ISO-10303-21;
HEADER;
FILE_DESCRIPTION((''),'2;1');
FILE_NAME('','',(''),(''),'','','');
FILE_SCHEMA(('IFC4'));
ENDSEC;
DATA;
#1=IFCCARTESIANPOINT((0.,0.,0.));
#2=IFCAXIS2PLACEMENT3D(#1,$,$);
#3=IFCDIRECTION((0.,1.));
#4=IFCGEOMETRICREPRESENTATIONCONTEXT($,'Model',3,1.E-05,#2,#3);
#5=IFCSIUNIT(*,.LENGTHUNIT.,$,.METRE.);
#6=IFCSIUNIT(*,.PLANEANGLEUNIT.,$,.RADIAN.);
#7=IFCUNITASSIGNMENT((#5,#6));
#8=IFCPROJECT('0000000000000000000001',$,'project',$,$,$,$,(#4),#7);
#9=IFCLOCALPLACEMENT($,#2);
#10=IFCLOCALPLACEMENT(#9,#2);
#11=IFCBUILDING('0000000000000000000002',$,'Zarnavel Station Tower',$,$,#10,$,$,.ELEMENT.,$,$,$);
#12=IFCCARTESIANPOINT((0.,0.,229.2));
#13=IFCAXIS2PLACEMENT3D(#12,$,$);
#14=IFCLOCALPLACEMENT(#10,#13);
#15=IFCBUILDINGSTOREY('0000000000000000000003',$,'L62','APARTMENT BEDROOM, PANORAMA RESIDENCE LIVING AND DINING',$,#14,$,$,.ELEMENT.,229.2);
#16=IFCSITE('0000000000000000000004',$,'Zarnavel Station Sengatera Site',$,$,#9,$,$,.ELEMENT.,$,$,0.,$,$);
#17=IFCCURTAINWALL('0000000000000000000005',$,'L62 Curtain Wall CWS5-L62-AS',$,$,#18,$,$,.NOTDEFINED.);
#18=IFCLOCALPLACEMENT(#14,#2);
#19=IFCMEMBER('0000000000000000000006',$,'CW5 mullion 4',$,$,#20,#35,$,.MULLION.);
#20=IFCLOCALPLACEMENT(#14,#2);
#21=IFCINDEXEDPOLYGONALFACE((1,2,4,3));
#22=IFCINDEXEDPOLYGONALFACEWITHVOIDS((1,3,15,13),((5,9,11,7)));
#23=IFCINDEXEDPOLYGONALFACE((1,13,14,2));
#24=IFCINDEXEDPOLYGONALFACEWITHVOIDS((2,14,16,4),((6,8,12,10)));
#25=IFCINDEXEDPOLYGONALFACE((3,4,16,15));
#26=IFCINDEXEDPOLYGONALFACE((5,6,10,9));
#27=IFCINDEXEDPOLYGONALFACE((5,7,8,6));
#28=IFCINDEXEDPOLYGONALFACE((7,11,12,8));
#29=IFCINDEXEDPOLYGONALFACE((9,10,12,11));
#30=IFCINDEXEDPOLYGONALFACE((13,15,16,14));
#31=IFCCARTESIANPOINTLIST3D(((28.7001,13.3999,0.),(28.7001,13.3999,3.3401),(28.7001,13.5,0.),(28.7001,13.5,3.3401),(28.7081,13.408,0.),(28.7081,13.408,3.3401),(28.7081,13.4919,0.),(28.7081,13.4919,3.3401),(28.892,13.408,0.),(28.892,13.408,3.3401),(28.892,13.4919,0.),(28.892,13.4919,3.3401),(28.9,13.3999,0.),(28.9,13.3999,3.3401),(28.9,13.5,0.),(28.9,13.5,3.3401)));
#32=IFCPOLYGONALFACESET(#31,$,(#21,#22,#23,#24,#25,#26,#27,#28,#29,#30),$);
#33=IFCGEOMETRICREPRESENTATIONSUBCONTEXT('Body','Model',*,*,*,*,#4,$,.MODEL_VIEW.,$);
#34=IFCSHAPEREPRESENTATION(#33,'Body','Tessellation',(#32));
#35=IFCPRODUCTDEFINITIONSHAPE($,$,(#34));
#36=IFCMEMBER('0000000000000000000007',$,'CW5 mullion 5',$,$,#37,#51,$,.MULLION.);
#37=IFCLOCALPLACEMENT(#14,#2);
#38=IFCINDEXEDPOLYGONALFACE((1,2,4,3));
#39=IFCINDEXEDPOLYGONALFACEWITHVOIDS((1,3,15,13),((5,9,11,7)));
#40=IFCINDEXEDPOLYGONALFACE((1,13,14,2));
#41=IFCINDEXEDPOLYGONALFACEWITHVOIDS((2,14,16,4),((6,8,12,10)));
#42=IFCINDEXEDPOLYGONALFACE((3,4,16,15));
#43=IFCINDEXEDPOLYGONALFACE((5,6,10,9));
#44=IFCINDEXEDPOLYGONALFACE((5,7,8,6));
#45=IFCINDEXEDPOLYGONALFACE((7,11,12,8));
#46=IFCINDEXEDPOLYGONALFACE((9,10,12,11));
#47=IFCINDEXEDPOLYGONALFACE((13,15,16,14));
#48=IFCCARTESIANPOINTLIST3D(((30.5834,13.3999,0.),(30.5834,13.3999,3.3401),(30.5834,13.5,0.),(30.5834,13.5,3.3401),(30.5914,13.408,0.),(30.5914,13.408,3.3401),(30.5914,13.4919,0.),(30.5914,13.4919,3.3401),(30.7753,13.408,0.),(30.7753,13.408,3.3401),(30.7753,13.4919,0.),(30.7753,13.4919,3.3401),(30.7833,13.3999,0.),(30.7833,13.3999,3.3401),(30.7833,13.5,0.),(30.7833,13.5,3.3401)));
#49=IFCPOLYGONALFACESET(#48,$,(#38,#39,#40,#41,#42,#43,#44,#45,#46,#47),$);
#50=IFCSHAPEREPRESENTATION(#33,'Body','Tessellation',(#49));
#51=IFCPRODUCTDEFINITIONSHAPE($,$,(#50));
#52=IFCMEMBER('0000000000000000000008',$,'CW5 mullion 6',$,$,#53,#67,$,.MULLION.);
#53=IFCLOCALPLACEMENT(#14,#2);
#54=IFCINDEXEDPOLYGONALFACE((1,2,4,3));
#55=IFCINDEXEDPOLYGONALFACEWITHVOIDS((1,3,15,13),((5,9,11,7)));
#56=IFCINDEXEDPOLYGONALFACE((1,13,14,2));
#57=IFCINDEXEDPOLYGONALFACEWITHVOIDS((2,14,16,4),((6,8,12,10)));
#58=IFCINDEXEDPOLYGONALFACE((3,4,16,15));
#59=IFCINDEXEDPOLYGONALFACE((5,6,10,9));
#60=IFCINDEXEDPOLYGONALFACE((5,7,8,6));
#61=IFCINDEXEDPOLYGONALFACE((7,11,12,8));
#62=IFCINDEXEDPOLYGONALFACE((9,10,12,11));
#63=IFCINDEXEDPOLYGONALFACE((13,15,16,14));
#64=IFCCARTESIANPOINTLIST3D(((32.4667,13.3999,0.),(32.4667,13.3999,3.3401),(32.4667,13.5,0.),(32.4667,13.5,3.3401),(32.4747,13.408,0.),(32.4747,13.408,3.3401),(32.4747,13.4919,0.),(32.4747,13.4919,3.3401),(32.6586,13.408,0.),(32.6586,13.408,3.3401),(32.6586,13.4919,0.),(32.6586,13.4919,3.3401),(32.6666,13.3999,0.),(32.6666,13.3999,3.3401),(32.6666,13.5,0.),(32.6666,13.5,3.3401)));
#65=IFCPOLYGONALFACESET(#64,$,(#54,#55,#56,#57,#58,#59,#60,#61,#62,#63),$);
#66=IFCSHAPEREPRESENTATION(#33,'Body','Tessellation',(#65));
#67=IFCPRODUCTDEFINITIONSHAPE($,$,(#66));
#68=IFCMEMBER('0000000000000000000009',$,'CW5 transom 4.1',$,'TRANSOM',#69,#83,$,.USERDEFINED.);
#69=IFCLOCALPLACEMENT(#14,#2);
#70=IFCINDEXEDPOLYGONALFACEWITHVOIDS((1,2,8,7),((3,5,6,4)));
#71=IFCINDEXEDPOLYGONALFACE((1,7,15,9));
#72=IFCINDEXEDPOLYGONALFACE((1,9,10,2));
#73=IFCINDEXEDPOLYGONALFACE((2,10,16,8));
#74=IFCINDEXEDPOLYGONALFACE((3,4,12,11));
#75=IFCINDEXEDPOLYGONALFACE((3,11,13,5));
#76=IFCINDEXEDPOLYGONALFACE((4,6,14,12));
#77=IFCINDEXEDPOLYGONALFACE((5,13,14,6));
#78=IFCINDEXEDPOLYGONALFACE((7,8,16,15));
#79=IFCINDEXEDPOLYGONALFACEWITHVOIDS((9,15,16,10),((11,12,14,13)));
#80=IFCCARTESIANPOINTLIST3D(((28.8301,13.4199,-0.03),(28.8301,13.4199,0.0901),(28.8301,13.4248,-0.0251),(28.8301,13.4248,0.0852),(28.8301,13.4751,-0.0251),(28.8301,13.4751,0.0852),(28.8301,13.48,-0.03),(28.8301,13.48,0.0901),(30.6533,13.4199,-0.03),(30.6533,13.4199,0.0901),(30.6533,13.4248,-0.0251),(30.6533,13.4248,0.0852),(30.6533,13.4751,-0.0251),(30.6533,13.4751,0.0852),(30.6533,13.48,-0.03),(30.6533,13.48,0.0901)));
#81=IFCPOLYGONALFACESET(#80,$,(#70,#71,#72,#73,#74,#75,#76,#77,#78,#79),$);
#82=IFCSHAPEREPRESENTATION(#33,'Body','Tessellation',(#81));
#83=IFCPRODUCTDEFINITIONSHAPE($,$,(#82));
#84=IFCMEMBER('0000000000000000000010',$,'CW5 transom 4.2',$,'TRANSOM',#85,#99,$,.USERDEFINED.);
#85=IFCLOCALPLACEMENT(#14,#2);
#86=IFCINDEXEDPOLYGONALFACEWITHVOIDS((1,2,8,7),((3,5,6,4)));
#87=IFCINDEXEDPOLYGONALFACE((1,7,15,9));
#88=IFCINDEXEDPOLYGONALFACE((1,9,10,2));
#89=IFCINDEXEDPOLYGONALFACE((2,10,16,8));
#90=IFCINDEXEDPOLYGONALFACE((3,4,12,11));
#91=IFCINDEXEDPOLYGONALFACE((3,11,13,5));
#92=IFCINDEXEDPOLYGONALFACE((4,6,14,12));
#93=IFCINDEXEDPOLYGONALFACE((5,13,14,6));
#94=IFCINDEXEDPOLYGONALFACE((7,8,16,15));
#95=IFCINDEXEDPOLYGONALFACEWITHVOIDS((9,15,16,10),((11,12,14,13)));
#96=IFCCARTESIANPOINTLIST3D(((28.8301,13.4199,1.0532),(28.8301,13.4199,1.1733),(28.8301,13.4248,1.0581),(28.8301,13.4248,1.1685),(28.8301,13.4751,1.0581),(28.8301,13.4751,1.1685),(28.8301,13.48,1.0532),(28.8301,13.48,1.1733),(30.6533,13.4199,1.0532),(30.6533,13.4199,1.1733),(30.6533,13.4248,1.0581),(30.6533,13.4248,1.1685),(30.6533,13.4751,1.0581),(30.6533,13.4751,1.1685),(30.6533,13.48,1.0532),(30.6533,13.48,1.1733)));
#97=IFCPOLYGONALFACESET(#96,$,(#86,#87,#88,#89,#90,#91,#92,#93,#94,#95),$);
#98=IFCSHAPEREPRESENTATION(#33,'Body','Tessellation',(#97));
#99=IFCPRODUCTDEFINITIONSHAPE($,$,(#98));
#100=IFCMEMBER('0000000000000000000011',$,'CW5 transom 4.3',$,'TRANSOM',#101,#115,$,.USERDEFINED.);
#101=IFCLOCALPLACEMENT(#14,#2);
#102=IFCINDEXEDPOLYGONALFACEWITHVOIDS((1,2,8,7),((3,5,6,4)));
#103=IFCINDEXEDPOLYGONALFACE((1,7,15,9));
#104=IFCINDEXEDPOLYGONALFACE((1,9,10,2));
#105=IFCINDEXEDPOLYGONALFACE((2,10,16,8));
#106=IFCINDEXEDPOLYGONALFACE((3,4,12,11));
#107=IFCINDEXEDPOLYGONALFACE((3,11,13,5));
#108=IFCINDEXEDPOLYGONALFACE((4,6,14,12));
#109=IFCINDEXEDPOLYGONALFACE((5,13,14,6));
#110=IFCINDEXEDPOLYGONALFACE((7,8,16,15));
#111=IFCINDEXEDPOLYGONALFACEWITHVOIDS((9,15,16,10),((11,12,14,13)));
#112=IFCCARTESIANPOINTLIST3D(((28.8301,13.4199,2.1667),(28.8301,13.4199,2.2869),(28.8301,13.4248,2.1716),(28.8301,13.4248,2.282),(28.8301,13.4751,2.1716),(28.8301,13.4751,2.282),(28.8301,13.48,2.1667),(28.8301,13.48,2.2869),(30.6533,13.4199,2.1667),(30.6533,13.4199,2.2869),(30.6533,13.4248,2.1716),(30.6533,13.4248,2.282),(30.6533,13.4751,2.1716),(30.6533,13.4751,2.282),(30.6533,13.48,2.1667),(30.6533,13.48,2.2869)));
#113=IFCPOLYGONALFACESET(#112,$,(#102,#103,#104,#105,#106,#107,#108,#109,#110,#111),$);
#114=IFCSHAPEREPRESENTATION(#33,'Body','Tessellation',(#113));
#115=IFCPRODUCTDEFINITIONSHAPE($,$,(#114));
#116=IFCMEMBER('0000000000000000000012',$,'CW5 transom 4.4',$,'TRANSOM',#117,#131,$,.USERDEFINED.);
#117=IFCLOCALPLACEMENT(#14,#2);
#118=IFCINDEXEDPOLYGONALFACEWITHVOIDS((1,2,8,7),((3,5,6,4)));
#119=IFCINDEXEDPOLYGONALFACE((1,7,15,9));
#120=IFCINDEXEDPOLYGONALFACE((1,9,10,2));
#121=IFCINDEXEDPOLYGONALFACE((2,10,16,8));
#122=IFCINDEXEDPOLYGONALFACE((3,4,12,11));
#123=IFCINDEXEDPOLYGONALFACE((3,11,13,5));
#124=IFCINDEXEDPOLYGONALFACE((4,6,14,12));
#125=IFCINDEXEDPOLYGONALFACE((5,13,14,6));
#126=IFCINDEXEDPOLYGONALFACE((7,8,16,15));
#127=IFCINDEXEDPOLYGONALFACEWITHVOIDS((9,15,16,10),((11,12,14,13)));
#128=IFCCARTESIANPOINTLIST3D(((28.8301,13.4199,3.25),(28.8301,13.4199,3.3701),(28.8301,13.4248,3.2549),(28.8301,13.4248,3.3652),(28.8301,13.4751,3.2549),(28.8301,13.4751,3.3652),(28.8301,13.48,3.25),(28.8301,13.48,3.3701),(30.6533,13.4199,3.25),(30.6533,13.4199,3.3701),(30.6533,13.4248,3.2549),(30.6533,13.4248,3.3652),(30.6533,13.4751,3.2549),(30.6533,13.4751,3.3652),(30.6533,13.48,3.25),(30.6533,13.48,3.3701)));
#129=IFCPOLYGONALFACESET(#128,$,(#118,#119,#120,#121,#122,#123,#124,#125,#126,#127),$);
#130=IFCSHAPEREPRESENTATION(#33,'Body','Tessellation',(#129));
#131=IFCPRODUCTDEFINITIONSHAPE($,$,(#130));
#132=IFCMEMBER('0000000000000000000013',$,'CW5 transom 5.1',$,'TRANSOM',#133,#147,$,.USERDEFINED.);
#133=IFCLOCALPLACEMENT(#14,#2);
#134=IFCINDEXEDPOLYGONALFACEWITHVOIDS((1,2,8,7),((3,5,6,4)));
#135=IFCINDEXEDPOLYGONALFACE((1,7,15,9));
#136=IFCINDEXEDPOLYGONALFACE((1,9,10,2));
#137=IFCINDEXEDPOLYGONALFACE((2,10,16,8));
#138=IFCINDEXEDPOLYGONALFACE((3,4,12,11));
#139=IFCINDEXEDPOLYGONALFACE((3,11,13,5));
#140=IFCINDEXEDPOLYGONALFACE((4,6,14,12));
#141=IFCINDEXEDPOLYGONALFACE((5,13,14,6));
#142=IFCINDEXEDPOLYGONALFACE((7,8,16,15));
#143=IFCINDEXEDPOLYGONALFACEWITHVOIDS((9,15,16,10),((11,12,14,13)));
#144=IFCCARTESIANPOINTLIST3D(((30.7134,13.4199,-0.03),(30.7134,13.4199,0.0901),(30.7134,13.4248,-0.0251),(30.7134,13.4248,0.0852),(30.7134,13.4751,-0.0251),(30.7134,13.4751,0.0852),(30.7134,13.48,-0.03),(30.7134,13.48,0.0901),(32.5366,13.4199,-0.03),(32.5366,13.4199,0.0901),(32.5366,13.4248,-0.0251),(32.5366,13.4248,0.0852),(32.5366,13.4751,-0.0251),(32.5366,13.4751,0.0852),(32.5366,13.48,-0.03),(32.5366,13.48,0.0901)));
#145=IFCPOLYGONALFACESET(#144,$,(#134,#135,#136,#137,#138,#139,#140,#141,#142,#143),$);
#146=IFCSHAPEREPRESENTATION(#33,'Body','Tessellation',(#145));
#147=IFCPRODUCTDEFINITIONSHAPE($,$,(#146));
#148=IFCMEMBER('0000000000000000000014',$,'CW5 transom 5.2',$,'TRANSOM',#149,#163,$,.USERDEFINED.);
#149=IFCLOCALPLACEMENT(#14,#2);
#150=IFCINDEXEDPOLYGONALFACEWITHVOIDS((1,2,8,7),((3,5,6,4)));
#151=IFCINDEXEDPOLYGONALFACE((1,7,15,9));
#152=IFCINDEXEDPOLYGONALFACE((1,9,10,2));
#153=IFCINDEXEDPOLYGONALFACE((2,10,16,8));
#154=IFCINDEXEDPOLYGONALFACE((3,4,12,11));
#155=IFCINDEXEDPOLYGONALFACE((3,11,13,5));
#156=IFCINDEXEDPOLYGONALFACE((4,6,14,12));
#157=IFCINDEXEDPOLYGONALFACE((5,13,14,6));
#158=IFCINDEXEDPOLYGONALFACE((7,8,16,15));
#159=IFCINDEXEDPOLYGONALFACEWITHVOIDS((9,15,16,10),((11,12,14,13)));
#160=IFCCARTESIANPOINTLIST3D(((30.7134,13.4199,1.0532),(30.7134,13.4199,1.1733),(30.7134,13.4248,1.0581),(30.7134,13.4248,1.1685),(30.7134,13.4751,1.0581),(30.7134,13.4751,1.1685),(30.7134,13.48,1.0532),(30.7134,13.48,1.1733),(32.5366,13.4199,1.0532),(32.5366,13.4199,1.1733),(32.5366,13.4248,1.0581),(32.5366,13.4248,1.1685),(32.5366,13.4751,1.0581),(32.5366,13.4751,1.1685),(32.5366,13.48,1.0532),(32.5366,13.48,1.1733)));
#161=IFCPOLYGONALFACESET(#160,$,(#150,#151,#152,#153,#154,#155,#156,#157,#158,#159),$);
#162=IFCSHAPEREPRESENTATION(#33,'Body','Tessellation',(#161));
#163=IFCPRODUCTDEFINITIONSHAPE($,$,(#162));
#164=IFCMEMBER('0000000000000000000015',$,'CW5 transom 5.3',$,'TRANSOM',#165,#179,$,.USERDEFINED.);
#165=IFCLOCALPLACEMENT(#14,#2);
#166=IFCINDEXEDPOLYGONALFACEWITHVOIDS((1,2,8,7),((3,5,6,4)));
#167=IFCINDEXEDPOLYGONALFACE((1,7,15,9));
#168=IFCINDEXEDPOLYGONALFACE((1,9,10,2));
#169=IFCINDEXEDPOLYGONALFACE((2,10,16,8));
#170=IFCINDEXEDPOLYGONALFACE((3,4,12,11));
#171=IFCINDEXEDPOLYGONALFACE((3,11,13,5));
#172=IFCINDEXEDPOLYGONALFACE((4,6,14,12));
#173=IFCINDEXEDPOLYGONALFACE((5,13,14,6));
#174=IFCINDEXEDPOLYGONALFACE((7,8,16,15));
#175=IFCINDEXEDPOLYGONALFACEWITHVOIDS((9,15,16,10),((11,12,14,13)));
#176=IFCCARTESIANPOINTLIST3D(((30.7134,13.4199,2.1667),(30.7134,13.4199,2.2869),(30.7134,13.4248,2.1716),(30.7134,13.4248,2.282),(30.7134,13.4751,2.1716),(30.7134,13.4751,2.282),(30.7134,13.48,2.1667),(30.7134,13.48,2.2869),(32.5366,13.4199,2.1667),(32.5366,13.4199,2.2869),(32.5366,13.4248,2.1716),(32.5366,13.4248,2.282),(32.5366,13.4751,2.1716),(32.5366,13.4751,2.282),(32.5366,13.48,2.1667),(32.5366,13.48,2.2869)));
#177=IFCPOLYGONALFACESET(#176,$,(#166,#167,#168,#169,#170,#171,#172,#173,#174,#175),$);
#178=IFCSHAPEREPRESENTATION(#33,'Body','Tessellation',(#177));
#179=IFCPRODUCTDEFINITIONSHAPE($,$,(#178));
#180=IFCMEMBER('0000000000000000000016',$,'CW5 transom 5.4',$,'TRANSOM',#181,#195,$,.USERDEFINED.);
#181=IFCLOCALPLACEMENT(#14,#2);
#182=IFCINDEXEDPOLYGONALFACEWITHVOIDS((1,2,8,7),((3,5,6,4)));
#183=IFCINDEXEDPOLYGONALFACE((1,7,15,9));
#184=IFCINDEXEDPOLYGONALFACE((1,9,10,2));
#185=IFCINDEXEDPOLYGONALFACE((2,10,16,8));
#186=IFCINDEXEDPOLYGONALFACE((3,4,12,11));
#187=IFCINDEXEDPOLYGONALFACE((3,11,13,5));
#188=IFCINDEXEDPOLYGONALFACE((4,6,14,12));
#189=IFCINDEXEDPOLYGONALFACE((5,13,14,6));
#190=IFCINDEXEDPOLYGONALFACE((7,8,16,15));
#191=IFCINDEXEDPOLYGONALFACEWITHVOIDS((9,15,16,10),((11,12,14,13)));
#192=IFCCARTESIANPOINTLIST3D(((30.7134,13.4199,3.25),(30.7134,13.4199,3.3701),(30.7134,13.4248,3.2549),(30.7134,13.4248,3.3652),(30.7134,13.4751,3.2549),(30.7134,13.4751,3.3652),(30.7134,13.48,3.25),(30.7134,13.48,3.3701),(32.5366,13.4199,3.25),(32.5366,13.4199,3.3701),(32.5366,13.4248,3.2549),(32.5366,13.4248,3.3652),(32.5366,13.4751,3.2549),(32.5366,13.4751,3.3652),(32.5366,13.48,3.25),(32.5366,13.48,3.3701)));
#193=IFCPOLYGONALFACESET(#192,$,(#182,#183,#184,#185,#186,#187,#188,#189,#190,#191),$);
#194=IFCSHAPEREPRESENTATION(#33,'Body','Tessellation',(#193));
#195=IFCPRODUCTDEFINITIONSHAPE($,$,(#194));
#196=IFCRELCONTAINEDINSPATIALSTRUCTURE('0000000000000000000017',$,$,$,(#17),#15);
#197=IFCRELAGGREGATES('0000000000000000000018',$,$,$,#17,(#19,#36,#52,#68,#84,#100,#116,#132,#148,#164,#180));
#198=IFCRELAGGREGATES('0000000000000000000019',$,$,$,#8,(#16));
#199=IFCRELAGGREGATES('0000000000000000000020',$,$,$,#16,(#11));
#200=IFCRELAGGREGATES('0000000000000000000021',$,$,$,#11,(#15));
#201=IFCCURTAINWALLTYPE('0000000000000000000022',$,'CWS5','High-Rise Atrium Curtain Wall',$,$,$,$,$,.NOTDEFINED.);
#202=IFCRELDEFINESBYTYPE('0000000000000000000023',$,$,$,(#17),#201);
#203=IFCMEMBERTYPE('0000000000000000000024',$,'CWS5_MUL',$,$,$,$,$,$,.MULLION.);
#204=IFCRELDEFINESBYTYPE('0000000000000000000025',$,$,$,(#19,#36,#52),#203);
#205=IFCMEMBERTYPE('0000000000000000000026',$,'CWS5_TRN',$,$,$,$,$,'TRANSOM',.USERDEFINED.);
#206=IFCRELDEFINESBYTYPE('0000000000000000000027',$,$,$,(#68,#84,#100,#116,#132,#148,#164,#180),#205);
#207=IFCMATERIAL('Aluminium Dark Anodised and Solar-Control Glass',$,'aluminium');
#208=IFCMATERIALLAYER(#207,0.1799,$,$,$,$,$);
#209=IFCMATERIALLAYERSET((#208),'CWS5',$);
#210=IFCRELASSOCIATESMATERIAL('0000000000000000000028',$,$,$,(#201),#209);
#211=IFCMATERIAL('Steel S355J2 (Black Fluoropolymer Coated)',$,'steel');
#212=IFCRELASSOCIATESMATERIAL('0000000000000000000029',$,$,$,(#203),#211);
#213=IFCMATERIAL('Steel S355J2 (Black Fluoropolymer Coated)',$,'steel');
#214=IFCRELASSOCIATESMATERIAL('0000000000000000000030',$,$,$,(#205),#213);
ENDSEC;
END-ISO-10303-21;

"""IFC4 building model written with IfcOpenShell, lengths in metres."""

from ifc_helpers import new_model, si_unit, direction, frame, origin, origin_2d, place, context, subcontext, project, spatial, hollow_rectangle, extrude, material, layer, layer_set, material_profile, profile_set, type_object, element, aggregate, save


model = new_model("IFC4")

# Units and contexts
model_context = context("Model", 3, precision=1e-05, world=origin(), true_north=direction((0.0, 1.0)))
body_context = subcontext(model_context, "Body", "Model", "MODEL_VIEW")
ifc_project = project(units=[si_unit("LENGTHUNIT", "METRE"), si_unit("PLANEANGLEUNIT", "RADIAN")], contexts=[model_context])

# Site, building, storey
site_placement = place(None, origin())
site = spatial("IfcSite", under=ifc_project, at=site_placement, Name="Zarnavel Station Sengatera Site", CompositionType="ELEMENT", RefElevation=0.0)
building_placement = place(site_placement, origin())
building = spatial("IfcBuilding", under=site, at=building_placement, Name="Zarnavel Station Tower", CompositionType="ELEMENT")
storey_placement = place(building_placement, frame((0.0, 0.0, 229.2)))
storey = spatial("IfcBuildingStorey", under=building, at=storey_placement, Name="L62", Description="APARTMENT BEDROOM, PANORAMA RESIDENCE LIVING AND DINING", CompositionType="ELEMENT", Elevation=229.2)

# Curtain wall, members
ifc_material_1 = material(Name="Aluminium Dark Anodised and Solar-Control Glass", Category="aluminium")
ifc_layer_1 = layer(ifc_material_1, 0.1799)
ifc_layer_set_1 = layer_set([ifc_layer_1], Name="CWS5")
curtain_wall_type = type_object("IfcCurtainWallType", Name="CWS5", Description="High-Rise Atrium Curtain Wall", PredefinedType="NOTDEFINED", material=ifc_layer_set_1)
curtain_wall_placement = place(storey_placement, origin())
curtain_wall = element("IfcCurtainWall", 1, at=curtain_wall_placement, inside=storey, type_object=curtain_wall_type, Name="L62 Curtain Wall CWS5-L62-AS", PredefinedType="NOTDEFINED")
ifc_material_2 = material(Name="Steel S355J2 (Black Fluoropolymer Coated)", Category="steel")
ifc_material_profile_1 = material_profile(ifc_material_2, hollow_rectangle(XDim=0.1001, YDim=0.2, WallThickness=0.0081, at=origin_2d()), Name="RHS200x100x8")
ifc_profile_set_1 = profile_set([ifc_material_profile_1], Name="Steel S355J2 (Black Fluoropolymer Coated)")
member_type_1 = type_object("IfcMemberType", Name="CWS5_MUL", PredefinedType="MULLION", material=ifc_profile_set_1)
member_1_placement = place(storey_placement, frame((28.8, 13.45, 0.0), z_axis=(0.0, 0.0, 1.0), x_axis=(0.0, 1.0, 0.0)))
member_1 = element("IfcMember", 2, at=member_1_placement, type_object=member_type_1, Name="CW5 mullion 4", PredefinedType="MULLION", context=body_context, shape_type="SweptSolid", body=[
    extrude(hollow_rectangle(XDim=0.1001, YDim=0.2, WallThickness=0.0081, at=origin_2d()), origin(), (0.0, 0.0, 1.0), 3.3401),
])
member_2_placement = place(storey_placement, frame((30.6833, 13.45, 0.0), z_axis=(0.0, 0.0, 1.0), x_axis=(0.0, 1.0, 0.0)))
member_2 = element("IfcMember", 3, at=member_2_placement, type_object=member_type_1, Name="CW5 mullion 5", PredefinedType="MULLION", context=body_context, shape_type="SweptSolid", body=[
    extrude(hollow_rectangle(XDim=0.1001, YDim=0.2, WallThickness=0.0081, at=origin_2d()), origin(), (0.0, 0.0, 1.0), 3.3401),
])
member_3_placement = place(storey_placement, frame((32.5667, 13.45, 0.0), z_axis=(0.0, 0.0, 1.0), x_axis=(0.0, 1.0, 0.0)))
member_3 = element("IfcMember", 4, at=member_3_placement, type_object=member_type_1, Name="CW5 mullion 6", PredefinedType="MULLION", context=body_context, shape_type="SweptSolid", body=[
    extrude(hollow_rectangle(XDim=0.1001, YDim=0.2, WallThickness=0.0081, at=origin_2d()), origin(), (0.0, 0.0, 1.0), 3.3401),
])
ifc_material_3 = material(Name="Steel S355J2 (Black Fluoropolymer Coated)", Category="steel")
ifc_material_profile_2 = material_profile(ifc_material_3, hollow_rectangle(XDim=0.0601, YDim=0.1201, WallThickness=0.0049, at=origin_2d()), Name="RHS120x60x5")
ifc_profile_set_2 = profile_set([ifc_material_profile_2], Name="Steel S355J2 (Black Fluoropolymer Coated)")
member_type_2 = type_object("IfcMemberType", Name="CWS5_TRN", ElementType="TRANSOM", PredefinedType="USERDEFINED", material=ifc_profile_set_2)
member_4_placement = place(storey_placement, frame((28.8301, 13.45, 0.03), z_axis=(1.0, 0.0, 0.0), x_axis=(0.0, 1.0, 0.0)))
member_4 = element("IfcMember", 5, at=member_4_placement, type_object=member_type_2, Name="CW5 transom 4.1", ObjectType="TRANSOM", PredefinedType="USERDEFINED", context=body_context, shape_type="SweptSolid", body=[
    extrude(hollow_rectangle(XDim=0.0601, YDim=0.1201, WallThickness=0.0049, at=origin_2d()), origin(), (0.0, 0.0, 1.0), 1.8232),
])
member_5_placement = place(storey_placement, frame((28.8301, 13.45, 1.1133), z_axis=(1.0, 0.0, 0.0), x_axis=(0.0, 1.0, 0.0)))
member_5 = element("IfcMember", 6, at=member_5_placement, type_object=member_type_2, Name="CW5 transom 4.2", ObjectType="TRANSOM", PredefinedType="USERDEFINED", context=body_context, shape_type="SweptSolid", body=[
    extrude(hollow_rectangle(XDim=0.0601, YDim=0.1201, WallThickness=0.0049, at=origin_2d()), origin(), (0.0, 0.0, 1.0), 1.8232),
])
member_6_placement = place(storey_placement, frame((28.8301, 13.45, 2.2268), z_axis=(1.0, 0.0, 0.0), x_axis=(0.0, 1.0, 0.0)))
member_6 = element("IfcMember", 7, at=member_6_placement, type_object=member_type_2, Name="CW5 transom 4.3", ObjectType="TRANSOM", PredefinedType="USERDEFINED", context=body_context, shape_type="SweptSolid", body=[
    extrude(hollow_rectangle(XDim=0.0601, YDim=0.1201, WallThickness=0.0049, at=origin_2d()), origin(), (0.0, 0.0, 1.0), 1.8232),
])
member_7_placement = place(storey_placement, frame((28.8301, 13.45, 3.3101), z_axis=(1.0, 0.0, 0.0), x_axis=(0.0, 1.0, 0.0)))
member_7 = element("IfcMember", 8, at=member_7_placement, type_object=member_type_2, Name="CW5 transom 4.4", ObjectType="TRANSOM", PredefinedType="USERDEFINED", context=body_context, shape_type="SweptSolid", body=[
    extrude(hollow_rectangle(XDim=0.0601, YDim=0.1201, WallThickness=0.0049, at=origin_2d()), origin(), (0.0, 0.0, 1.0), 1.8232),
])
member_8_placement = place(storey_placement, frame((30.7134, 13.45, 0.03), z_axis=(1.0, 0.0, 0.0), x_axis=(0.0, 1.0, 0.0)))
member_8 = element("IfcMember", 9, at=member_8_placement, type_object=member_type_2, Name="CW5 transom 5.1", ObjectType="TRANSOM", PredefinedType="USERDEFINED", context=body_context, shape_type="SweptSolid", body=[
    extrude(hollow_rectangle(XDim=0.0601, YDim=0.1201, WallThickness=0.0049, at=origin_2d()), origin(), (0.0, 0.0, 1.0), 1.8232),
])
member_9_placement = place(storey_placement, frame((30.7134, 13.45, 1.1133), z_axis=(1.0, 0.0, 0.0), x_axis=(0.0, 1.0, 0.0)))
member_9 = element("IfcMember", 10, at=member_9_placement, type_object=member_type_2, Name="CW5 transom 5.2", ObjectType="TRANSOM", PredefinedType="USERDEFINED", context=body_context, shape_type="SweptSolid", body=[
    extrude(hollow_rectangle(XDim=0.0601, YDim=0.1201, WallThickness=0.0049, at=origin_2d()), origin(), (0.0, 0.0, 1.0), 1.8232),
])
member_10_placement = place(storey_placement, frame((30.7134, 13.45, 2.2268), z_axis=(1.0, 0.0, 0.0), x_axis=(0.0, 1.0, 0.0)))
member_10 = element("IfcMember", 11, at=member_10_placement, type_object=member_type_2, Name="CW5 transom 5.3", ObjectType="TRANSOM", PredefinedType="USERDEFINED", context=body_context, shape_type="SweptSolid", body=[
    extrude(hollow_rectangle(XDim=0.0601, YDim=0.1201, WallThickness=0.0049, at=origin_2d()), origin(), (0.0, 0.0, 1.0), 1.8232),
])
member_11_placement = place(storey_placement, frame((30.7134, 13.45, 3.3101), z_axis=(1.0, 0.0, 0.0), x_axis=(0.0, 1.0, 0.0)))
member_11 = element("IfcMember", 12, at=member_11_placement, type_object=member_type_2, Name="CW5 transom 5.4", ObjectType="TRANSOM", PredefinedType="USERDEFINED", context=body_context, shape_type="SweptSolid", body=[
    extrude(hollow_rectangle(XDim=0.0601, YDim=0.1201, WallThickness=0.0049, at=origin_2d()), origin(), (0.0, 0.0, 1.0), 1.8232),
])
aggregate(curtain_wall, [member_1, member_2, member_3, member_4, member_5, member_6, member_7, member_8, member_9, member_10, member_11])

save(model, "model.ifc")
